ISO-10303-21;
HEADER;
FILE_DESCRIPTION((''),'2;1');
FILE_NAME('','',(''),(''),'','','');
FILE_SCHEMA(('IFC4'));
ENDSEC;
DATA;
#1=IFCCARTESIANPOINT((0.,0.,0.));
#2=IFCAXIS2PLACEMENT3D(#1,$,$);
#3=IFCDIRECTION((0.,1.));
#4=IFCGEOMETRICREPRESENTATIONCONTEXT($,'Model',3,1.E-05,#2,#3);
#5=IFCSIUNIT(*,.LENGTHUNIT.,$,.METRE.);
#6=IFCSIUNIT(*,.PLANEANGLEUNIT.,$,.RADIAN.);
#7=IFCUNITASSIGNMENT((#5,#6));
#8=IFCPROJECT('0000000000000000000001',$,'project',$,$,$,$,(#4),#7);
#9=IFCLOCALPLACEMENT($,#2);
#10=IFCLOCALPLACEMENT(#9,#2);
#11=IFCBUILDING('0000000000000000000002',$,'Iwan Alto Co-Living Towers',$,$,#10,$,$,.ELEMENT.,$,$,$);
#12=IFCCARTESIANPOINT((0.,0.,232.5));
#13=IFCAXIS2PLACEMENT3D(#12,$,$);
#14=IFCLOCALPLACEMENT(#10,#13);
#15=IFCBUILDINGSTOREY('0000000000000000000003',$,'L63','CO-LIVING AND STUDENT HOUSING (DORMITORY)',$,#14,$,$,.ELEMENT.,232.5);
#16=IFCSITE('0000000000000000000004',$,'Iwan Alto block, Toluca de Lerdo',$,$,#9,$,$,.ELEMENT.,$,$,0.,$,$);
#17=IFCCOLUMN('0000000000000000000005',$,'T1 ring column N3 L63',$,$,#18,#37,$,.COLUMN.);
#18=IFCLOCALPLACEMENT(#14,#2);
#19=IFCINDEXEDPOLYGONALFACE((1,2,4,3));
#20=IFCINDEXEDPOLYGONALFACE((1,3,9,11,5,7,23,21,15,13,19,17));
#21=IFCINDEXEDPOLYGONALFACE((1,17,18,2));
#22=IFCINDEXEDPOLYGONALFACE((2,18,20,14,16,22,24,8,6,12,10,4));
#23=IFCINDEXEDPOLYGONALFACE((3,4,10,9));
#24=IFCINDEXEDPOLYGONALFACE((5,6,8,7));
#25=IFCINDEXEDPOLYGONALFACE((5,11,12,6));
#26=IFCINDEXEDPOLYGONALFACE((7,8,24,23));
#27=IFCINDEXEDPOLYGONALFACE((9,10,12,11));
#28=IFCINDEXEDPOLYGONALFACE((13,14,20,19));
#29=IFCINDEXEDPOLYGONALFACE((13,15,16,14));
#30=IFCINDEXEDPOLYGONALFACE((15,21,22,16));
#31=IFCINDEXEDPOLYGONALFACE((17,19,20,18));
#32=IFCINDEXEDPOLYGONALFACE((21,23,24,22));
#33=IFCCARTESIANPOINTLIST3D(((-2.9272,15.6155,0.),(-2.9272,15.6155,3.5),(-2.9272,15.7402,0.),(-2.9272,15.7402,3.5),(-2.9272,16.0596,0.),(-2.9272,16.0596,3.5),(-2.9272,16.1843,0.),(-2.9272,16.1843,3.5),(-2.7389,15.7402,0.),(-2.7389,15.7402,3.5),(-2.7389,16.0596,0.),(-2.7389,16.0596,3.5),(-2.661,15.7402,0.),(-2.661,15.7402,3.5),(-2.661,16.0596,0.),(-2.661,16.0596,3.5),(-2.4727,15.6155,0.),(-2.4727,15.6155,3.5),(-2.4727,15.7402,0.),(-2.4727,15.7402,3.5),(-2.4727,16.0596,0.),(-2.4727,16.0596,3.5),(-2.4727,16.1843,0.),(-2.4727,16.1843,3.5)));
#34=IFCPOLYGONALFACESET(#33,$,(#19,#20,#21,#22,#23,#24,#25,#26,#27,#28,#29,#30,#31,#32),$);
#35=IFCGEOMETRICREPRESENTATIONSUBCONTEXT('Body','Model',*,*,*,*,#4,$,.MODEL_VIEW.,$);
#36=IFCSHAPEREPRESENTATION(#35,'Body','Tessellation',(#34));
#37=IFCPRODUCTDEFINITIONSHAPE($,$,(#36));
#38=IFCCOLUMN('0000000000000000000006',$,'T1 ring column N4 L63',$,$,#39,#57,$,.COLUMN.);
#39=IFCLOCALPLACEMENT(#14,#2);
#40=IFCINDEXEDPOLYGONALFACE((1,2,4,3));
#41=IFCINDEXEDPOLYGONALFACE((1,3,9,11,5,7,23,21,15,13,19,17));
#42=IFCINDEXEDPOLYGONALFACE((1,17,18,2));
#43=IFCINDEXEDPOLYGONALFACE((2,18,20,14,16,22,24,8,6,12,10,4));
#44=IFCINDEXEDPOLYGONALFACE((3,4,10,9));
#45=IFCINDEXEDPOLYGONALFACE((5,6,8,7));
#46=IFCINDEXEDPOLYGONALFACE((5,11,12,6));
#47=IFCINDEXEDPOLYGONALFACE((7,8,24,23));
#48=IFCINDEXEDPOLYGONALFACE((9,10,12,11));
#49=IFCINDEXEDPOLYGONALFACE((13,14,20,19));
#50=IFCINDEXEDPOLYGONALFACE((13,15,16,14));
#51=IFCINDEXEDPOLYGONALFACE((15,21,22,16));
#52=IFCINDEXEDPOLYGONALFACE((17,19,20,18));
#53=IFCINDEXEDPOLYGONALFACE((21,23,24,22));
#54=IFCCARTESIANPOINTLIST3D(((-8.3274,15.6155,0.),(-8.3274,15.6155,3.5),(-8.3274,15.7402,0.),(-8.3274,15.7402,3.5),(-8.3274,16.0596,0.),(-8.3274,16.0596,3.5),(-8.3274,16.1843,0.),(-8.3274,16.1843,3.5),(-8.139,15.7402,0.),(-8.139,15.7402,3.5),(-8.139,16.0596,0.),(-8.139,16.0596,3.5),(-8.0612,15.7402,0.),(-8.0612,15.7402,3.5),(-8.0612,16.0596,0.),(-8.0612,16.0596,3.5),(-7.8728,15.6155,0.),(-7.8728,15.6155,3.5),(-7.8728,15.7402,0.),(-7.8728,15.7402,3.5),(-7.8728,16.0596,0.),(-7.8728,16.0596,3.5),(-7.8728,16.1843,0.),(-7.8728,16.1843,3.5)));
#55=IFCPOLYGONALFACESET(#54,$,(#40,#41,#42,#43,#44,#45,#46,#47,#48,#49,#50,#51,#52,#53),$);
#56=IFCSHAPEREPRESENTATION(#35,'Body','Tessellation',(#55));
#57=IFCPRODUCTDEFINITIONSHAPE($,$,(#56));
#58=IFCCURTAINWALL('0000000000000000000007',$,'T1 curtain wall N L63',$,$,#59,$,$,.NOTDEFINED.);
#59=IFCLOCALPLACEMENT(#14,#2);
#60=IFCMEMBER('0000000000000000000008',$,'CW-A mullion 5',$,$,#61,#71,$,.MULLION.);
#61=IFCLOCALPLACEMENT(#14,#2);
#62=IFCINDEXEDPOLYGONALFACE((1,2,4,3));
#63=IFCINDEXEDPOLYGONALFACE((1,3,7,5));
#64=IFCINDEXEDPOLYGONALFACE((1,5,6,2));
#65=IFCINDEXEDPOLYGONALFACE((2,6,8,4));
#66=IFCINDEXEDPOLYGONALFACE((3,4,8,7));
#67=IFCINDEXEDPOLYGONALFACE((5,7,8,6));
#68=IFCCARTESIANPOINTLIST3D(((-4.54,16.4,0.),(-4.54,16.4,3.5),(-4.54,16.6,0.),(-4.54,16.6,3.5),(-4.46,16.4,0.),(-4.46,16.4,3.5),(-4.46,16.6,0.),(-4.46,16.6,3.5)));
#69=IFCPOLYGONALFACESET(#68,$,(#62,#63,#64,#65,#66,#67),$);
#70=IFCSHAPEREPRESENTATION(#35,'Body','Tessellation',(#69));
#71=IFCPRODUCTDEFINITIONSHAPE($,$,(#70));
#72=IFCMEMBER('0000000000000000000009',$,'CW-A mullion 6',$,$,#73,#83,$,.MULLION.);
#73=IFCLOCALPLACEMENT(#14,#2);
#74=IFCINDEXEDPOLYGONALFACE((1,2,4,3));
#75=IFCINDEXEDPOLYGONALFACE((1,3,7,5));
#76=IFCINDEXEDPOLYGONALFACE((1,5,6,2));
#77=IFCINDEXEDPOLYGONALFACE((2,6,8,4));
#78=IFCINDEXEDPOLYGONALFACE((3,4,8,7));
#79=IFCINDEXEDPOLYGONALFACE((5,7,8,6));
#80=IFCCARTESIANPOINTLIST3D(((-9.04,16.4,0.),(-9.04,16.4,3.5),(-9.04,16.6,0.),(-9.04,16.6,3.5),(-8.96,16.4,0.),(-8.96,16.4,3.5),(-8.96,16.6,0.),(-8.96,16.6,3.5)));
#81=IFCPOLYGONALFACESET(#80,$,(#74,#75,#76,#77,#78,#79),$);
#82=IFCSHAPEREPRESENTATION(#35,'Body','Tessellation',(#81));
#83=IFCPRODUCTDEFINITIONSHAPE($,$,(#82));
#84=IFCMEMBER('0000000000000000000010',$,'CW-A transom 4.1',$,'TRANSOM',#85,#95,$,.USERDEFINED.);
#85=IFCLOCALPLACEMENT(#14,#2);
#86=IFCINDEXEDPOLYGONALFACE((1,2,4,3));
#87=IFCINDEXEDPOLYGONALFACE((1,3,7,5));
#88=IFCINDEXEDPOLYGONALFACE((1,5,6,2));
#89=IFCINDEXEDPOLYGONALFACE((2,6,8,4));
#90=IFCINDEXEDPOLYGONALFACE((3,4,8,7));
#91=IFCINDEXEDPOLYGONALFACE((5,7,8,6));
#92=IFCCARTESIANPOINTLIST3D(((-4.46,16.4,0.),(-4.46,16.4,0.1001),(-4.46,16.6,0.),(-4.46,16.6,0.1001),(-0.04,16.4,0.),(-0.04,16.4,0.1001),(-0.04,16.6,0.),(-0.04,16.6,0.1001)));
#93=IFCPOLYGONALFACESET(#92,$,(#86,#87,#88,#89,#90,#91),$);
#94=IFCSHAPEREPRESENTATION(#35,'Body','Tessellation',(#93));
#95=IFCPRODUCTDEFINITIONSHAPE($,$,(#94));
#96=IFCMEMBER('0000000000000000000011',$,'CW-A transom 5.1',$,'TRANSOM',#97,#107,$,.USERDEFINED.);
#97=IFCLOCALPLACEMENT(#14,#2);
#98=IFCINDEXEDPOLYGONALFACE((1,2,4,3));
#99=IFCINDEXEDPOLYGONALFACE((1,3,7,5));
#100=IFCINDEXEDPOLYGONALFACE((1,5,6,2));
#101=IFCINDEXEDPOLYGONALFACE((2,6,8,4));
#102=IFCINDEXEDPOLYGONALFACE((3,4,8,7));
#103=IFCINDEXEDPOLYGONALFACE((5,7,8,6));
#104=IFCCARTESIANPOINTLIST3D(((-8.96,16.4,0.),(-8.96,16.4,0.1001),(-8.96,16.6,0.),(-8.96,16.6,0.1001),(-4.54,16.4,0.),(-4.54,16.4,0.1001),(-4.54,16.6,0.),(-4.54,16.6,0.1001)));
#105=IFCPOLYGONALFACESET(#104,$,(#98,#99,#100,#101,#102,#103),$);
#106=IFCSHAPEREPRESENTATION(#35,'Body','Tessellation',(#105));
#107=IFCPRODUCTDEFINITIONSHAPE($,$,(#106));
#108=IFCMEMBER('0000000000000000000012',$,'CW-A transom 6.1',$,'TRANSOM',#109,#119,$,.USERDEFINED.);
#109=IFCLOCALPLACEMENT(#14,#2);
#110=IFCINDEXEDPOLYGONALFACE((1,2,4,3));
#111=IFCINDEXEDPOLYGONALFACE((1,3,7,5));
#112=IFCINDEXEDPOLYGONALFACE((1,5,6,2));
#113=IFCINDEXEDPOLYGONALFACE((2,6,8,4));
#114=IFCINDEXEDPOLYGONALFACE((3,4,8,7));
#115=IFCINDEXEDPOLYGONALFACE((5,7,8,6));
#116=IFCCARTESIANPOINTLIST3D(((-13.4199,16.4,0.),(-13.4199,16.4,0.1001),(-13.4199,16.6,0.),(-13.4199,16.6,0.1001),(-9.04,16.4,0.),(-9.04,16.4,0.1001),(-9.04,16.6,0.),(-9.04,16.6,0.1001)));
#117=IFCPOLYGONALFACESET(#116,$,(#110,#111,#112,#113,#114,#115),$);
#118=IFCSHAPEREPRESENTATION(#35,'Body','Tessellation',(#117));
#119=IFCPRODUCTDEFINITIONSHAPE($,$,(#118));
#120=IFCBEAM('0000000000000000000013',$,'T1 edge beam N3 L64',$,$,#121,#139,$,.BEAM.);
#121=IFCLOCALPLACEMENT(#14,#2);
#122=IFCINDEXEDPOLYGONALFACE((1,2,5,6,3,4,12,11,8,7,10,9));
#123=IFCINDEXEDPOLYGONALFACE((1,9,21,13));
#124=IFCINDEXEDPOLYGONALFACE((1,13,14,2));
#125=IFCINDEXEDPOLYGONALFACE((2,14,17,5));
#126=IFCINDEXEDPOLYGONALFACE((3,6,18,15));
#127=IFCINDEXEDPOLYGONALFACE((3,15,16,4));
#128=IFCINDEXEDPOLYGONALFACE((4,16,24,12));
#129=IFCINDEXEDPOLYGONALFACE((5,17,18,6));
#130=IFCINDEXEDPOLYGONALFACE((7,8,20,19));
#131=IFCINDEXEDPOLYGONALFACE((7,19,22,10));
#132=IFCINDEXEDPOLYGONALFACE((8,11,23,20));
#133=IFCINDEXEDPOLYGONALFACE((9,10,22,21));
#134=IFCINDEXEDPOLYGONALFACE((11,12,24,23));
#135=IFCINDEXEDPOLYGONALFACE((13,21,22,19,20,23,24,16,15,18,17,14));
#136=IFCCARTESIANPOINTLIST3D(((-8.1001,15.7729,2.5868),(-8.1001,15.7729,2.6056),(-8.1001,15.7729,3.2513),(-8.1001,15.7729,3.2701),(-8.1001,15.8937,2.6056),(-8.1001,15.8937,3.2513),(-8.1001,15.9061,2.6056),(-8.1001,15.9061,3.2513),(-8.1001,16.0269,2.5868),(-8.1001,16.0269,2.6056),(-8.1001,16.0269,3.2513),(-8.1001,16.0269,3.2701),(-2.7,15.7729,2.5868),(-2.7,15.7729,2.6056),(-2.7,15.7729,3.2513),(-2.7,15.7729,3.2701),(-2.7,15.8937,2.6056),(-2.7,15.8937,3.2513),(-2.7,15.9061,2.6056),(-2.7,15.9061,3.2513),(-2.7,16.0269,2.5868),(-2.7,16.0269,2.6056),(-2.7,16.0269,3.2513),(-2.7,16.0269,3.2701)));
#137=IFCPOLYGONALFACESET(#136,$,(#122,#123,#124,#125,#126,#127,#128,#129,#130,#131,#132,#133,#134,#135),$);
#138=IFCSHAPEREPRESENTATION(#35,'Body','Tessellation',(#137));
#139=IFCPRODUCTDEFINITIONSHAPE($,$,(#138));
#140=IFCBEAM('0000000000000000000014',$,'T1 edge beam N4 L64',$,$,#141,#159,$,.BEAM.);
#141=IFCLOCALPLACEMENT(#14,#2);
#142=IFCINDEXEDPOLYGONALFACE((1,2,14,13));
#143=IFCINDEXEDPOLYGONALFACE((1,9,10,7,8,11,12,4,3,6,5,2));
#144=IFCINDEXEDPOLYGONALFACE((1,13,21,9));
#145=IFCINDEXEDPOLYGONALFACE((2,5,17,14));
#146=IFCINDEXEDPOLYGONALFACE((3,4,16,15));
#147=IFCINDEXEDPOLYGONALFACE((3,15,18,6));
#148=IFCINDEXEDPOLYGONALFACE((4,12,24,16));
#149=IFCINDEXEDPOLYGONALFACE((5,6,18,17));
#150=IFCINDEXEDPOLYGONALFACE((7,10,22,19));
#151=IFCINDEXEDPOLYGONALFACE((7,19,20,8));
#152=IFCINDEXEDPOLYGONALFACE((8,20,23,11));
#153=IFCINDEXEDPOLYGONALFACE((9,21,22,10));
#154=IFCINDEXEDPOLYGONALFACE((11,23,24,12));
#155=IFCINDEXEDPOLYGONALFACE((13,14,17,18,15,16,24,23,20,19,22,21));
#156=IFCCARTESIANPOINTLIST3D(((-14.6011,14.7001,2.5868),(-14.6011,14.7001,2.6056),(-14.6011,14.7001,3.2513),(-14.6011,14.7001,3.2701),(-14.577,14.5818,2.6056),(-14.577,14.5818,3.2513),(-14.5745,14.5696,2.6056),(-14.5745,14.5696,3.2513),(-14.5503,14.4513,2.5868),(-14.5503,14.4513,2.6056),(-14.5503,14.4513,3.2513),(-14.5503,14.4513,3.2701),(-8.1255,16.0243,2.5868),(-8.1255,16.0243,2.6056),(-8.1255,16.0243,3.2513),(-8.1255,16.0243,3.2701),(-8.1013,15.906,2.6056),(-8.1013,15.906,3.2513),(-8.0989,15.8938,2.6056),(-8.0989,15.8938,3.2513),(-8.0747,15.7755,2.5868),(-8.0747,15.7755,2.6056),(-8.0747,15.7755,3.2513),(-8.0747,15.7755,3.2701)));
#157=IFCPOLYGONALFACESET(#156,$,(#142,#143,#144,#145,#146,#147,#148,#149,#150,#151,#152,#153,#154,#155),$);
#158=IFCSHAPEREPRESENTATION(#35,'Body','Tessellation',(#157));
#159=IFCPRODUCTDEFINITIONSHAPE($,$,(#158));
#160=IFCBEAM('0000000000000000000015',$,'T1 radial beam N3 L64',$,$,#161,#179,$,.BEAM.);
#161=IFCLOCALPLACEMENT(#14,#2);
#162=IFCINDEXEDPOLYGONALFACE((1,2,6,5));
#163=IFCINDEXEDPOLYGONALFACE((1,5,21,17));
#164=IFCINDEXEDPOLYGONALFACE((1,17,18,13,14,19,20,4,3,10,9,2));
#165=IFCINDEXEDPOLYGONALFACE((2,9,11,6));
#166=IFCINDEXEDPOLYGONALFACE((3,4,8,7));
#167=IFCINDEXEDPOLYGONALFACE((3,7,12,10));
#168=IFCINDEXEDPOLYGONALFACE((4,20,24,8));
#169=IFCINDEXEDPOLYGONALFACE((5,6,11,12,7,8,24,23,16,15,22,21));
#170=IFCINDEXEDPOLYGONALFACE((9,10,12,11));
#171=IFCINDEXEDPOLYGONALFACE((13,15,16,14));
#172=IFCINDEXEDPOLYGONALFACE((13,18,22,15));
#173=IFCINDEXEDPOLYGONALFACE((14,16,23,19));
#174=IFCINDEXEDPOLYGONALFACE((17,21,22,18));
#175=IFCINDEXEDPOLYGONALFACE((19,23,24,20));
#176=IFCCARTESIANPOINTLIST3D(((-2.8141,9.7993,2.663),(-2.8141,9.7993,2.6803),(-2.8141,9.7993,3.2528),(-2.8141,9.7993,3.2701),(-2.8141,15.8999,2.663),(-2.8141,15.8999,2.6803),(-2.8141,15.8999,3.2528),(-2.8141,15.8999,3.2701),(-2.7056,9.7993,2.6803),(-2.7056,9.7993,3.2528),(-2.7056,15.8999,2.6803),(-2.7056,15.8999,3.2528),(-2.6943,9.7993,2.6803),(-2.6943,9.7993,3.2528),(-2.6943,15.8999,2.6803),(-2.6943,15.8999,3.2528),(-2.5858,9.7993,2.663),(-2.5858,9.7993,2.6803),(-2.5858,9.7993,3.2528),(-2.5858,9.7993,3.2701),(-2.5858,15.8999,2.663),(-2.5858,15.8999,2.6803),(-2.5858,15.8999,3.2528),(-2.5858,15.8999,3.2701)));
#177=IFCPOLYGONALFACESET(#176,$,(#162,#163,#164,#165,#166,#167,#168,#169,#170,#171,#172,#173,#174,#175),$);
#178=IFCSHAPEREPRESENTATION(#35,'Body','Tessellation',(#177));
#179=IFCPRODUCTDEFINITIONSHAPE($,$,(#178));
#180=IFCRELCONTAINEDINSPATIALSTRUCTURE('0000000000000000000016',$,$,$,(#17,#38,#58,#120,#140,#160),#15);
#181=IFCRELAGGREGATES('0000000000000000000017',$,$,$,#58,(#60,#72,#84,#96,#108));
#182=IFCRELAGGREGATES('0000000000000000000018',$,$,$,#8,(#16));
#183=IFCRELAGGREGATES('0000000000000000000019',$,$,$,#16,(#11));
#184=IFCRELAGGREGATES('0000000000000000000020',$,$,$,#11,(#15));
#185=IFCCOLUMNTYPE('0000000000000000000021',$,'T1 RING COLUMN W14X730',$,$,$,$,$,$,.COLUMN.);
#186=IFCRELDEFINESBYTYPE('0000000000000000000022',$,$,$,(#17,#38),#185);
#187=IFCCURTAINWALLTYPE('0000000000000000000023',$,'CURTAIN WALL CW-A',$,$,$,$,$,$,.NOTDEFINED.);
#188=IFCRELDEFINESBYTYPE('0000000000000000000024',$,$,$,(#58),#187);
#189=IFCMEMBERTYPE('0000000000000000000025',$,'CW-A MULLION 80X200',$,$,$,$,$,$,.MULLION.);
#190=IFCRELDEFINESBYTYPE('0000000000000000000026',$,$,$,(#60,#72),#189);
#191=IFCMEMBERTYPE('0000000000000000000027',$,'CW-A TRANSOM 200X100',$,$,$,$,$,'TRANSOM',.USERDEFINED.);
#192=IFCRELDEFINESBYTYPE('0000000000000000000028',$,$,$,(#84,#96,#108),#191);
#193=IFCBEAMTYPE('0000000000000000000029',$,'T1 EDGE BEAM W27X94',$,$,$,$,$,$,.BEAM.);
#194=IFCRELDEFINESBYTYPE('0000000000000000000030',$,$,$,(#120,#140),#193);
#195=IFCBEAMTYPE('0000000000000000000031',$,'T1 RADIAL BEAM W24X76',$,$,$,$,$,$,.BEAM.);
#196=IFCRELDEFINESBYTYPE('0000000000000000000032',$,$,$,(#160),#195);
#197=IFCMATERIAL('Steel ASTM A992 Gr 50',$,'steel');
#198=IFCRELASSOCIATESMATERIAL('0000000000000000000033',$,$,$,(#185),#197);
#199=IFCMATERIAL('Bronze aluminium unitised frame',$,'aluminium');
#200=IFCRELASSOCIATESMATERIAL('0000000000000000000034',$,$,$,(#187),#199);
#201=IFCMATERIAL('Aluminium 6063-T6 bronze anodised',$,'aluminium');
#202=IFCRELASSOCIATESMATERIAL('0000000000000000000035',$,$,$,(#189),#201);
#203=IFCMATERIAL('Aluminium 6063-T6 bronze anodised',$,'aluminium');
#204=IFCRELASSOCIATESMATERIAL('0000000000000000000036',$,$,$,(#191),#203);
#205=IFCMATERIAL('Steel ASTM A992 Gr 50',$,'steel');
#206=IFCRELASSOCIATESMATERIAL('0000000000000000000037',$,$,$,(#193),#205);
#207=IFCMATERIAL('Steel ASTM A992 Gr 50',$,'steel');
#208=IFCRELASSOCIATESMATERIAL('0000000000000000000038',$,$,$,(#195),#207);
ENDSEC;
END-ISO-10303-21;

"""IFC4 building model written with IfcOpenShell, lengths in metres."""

from ifc_helpers import new_model, si_unit, direction, frame, origin, origin_2d, place, context, subcontext, project, spatial, rectangle, i_section, extrude, material, material_profile, profile_set, type_object, element, aggregate, save


model = new_model("IFC4")

# Units and contexts
model_context = context("Model", 3, precision=1e-05, world=origin(), true_north=direction((0.0, 1.0)))
body_context = subcontext(model_context, "Body", "Model", "MODEL_VIEW")
ifc_project = project(units=[si_unit("LENGTHUNIT", "METRE"), si_unit("PLANEANGLEUNIT", "RADIAN")], contexts=[model_context])

# Site, building, storey
site_placement = place(None, origin())
site = spatial("IfcSite", under=ifc_project, at=site_placement, Name="Iwan Alto block, Toluca de Lerdo", CompositionType="ELEMENT", RefElevation=0.0)
building_placement = place(site_placement, origin())
building = spatial("IfcBuilding", under=site, at=building_placement, Name="Iwan Alto Co-Living Towers", CompositionType="ELEMENT")
storey_placement = place(building_placement, frame((0.0, 0.0, 232.5)))
storey = spatial("IfcBuildingStorey", under=building, at=storey_placement, Name="L63", Description="CO-LIVING AND STUDENT HOUSING (DORMITORY)", CompositionType="ELEMENT", Elevation=232.5)

# Columns
ifc_material_1 = material(Name="Steel ASTM A992 Gr 50", Category="steel")
ifc_material_profile_1 = material_profile(ifc_material_1, i_section(OverallWidth=0.4546, OverallDepth=0.5688, WebThickness=0.0779, FlangeThickness=0.1248, at=origin_2d()), Name="W14X730")
ifc_profile_set_1 = profile_set([ifc_material_profile_1], Name="Steel ASTM A992 Gr 50")
column_type = type_object("IfcColumnType", Name="T1 RING COLUMN W14X730", PredefinedType="COLUMN", material=ifc_profile_set_1)
for number, where, z_axis, x_axis, name in (
    (1, (-2.7, 15.8999, 0.0), (0.0, 0.0, 1.0), (1.0, 0.0, 0.0), "T1 ring column N3 L63"),
    (2, (-8.1001, 15.8999, 0.0), (0.0, 0.0, 1.0), (1.0, 0.0, 0.0), "T1 ring column N4 L63"),
):
    element("IfcColumn", number, at=place(storey_placement, frame(where, z_axis=z_axis, x_axis=x_axis)), inside=storey, type_object=column_type, Name=name, PredefinedType="COLUMN", context=body_context, shape_type="SweptSolid", body=[
        extrude(i_section(OverallWidth=0.4546, OverallDepth=0.5688, WebThickness=0.0779, FlangeThickness=0.1248, at=origin_2d()), origin(), (0.0, 0.0, 1.0), 3.5),
    ])

# Curtain wall, members
ifc_material_2 = material(Name="Bronze aluminium unitised frame", Category="aluminium")
curtain_wall_type = type_object("IfcCurtainWallType", Name="CURTAIN WALL CW-A", PredefinedType="NOTDEFINED", material=ifc_material_2)
curtain_wall_placement = place(storey_placement, origin())
curtain_wall = element("IfcCurtainWall", 3, at=curtain_wall_placement, inside=storey, type_object=curtain_wall_type, Name="T1 curtain wall N L63", PredefinedType="NOTDEFINED")
ifc_material_3 = material(Name="Aluminium 6063-T6 bronze anodised", Category="aluminium")
ifc_material_profile_2 = material_profile(ifc_material_3, rectangle(XDim=0.2, YDim=0.0801, at=origin_2d()), Name="AL 80X200")
ifc_profile_set_2 = profile_set([ifc_material_profile_2], Name="Aluminium 6063-T6 bronze anodised")
member_type_1 = type_object("IfcMemberType", Name="CW-A MULLION 80X200", PredefinedType="MULLION", material=ifc_profile_set_2)
member_1_placement = place(storey_placement, frame((-4.5, 16.5, 0.0), z_axis=(0.0, 0.0, 1.0), x_axis=(0.0, -1.0, 0.0)))
member_1 = element("IfcMember", 4, at=member_1_placement, type_object=member_type_1, Name="CW-A mullion 5", PredefinedType="MULLION", context=body_context, shape_type="SweptSolid", body=[
    extrude(rectangle(XDim=0.2, YDim=0.0801, at=origin_2d()), origin(), (0.0, 0.0, 1.0), 3.5),
])
member_2_placement = place(storey_placement, frame((-9.0, 16.5, 0.0), z_axis=(0.0, 0.0, 1.0), x_axis=(0.0, -1.0, 0.0)))
member_2 = element("IfcMember", 5, at=member_2_placement, type_object=member_type_1, Name="CW-A mullion 6", PredefinedType="MULLION", context=body_context, shape_type="SweptSolid", body=[
    extrude(rectangle(XDim=0.2, YDim=0.0801, at=origin_2d()), origin(), (0.0, 0.0, 1.0), 3.5),
])
ifc_material_4 = material(Name="Aluminium 6063-T6 bronze anodised", Category="aluminium")
ifc_material_profile_3 = material_profile(ifc_material_4, rectangle(XDim=0.2, YDim=0.1001, at=origin_2d()), Name="AL 200X100")
ifc_profile_set_3 = profile_set([ifc_material_profile_3], Name="Aluminium 6063-T6 bronze anodised")
member_type_2 = type_object("IfcMemberType", Name="CW-A TRANSOM 200X100", ElementType="TRANSOM", PredefinedType="USERDEFINED", material=ifc_profile_set_3)
member_3_placement = place(storey_placement, frame((-0.04, 16.5, 0.05), z_axis=(-1.0, 0.0, 0.0), x_axis=(0.0, -1.0, 0.0)))
member_3 = element("IfcMember", 6, at=member_3_placement, type_object=member_type_2, Name="CW-A transom 4.1", ObjectType="TRANSOM", PredefinedType="USERDEFINED", context=body_context, shape_type="SweptSolid", body=[
    extrude(rectangle(XDim=0.2, YDim=0.1001, at=origin_2d()), origin(), (0.0, 0.0, 1.0), 4.4199),
])
member_4_placement = place(storey_placement, frame((-4.54, 16.5, 0.05), z_axis=(-1.0, 0.0, 0.0), x_axis=(0.0, -1.0, 0.0)))
member_4 = element("IfcMember", 7, at=member_4_placement, type_object=member_type_2, Name="CW-A transom 5.1", ObjectType="TRANSOM", PredefinedType="USERDEFINED", context=body_context, shape_type="SweptSolid", body=[
    extrude(rectangle(XDim=0.2, YDim=0.1001, at=origin_2d()), origin(), (0.0, 0.0, 1.0), 4.4199),
])
member_5_placement = place(storey_placement, frame((-9.04, 16.5, 0.05), z_axis=(-1.0, 0.0, 0.0), x_axis=(0.0, -1.0, 0.0)))
member_5 = element("IfcMember", 8, at=member_5_placement, type_object=member_type_2, Name="CW-A transom 6.1", ObjectType="TRANSOM", PredefinedType="USERDEFINED", context=body_context, shape_type="SweptSolid", body=[
    extrude(rectangle(XDim=0.2, YDim=0.1001, at=origin_2d()), origin(), (0.0, 0.0, 1.0), 4.3799),
])

# Beams
ifc_material_5 = material(Name="Steel ASTM A992 Gr 50", Category="steel")
ifc_material_profile_4 = material_profile(ifc_material_5, i_section(OverallWidth=0.2539, OverallDepth=0.6833, WebThickness=0.0125, FlangeThickness=0.0188, at=origin_2d()), Name="W27X94")
ifc_profile_set_4 = profile_set([ifc_material_profile_4], Name="Steel ASTM A992 Gr 50")
beam_type_1 = type_object("IfcBeamType", Name="T1 EDGE BEAM W27X94", PredefinedType="BEAM", material=ifc_profile_set_4)
beam_1_placement = place(storey_placement, frame((-2.7, 15.8999, 2.9285), z_axis=(-1.0, 0.0, 0.0), x_axis=(0.0, -1.0, 0.0)))
element("IfcBeam", 9, at=beam_1_placement, inside=storey, type_object=beam_type_1, Name="T1 edge beam N3 L64", PredefinedType="BEAM", context=body_context, shape_type="SweptSolid", body=[
    extrude(i_section(OverallWidth=0.2539, OverallDepth=0.6833, WebThickness=0.0125, FlangeThickness=0.0188, at=origin_2d()), origin(), (0.0, 0.0, 1.0), 5.4001),
])
beam_2_placement = place(storey_placement, frame((-8.1001, 15.8999, 2.9285), z_axis=(-0.979725, -0.200348, 0.0), x_axis=(0.200348, -0.979725, 0.0)))
element("IfcBeam", 10, at=beam_2_placement, inside=storey, type_object=beam_type_1, Name="T1 edge beam N4 L64", PredefinedType="BEAM", context=body_context, shape_type="SweptSolid", body=[
    extrude(i_section(OverallWidth=0.2539, OverallDepth=0.6833, WebThickness=0.0125, FlangeThickness=0.0188, at=origin_2d()), origin(), (0.0, 0.0, 1.0), 6.6096),
])
ifc_material_6 = material(Name="Steel ASTM A992 Gr 50", Category="steel")
ifc_material_profile_5 = material_profile(ifc_material_6, i_section(OverallWidth=0.2283, OverallDepth=0.6072, WebThickness=0.0112, FlangeThickness=0.0173, at=origin_2d()), Name="W24X76")
ifc_profile_set_5 = profile_set([ifc_material_profile_5], Name="Steel ASTM A992 Gr 50")
beam_type_2 = type_object("IfcBeamType", Name="T1 RADIAL BEAM W24X76", PredefinedType="BEAM", material=ifc_profile_set_5)
for number, where, z_axis, x_axis, name in (
    (11, (-2.7, 15.8999, 2.9666), (0.0, -1.0, 0.0), (1.0, 0.0, 0.0), "T1 radial beam N3 L64"),
):
    element("IfcBeam", number, at=place(storey_placement, frame(where, z_axis=z_axis, x_axis=x_axis)), inside=storey, type_object=beam_type_2, Name=name, PredefinedType="BEAM", context=body_context, shape_type="SweptSolid", body=[
        extrude(i_section(OverallWidth=0.2283, OverallDepth=0.6072, WebThickness=0.0112, FlangeThickness=0.0173, at=origin_2d()), origin(), (0.0, 0.0, 1.0), 6.1006),
    ])

aggregate(curtain_wall, [member_1, member_2, member_3, member_4, member_5])

save(model, "model.ifc")
